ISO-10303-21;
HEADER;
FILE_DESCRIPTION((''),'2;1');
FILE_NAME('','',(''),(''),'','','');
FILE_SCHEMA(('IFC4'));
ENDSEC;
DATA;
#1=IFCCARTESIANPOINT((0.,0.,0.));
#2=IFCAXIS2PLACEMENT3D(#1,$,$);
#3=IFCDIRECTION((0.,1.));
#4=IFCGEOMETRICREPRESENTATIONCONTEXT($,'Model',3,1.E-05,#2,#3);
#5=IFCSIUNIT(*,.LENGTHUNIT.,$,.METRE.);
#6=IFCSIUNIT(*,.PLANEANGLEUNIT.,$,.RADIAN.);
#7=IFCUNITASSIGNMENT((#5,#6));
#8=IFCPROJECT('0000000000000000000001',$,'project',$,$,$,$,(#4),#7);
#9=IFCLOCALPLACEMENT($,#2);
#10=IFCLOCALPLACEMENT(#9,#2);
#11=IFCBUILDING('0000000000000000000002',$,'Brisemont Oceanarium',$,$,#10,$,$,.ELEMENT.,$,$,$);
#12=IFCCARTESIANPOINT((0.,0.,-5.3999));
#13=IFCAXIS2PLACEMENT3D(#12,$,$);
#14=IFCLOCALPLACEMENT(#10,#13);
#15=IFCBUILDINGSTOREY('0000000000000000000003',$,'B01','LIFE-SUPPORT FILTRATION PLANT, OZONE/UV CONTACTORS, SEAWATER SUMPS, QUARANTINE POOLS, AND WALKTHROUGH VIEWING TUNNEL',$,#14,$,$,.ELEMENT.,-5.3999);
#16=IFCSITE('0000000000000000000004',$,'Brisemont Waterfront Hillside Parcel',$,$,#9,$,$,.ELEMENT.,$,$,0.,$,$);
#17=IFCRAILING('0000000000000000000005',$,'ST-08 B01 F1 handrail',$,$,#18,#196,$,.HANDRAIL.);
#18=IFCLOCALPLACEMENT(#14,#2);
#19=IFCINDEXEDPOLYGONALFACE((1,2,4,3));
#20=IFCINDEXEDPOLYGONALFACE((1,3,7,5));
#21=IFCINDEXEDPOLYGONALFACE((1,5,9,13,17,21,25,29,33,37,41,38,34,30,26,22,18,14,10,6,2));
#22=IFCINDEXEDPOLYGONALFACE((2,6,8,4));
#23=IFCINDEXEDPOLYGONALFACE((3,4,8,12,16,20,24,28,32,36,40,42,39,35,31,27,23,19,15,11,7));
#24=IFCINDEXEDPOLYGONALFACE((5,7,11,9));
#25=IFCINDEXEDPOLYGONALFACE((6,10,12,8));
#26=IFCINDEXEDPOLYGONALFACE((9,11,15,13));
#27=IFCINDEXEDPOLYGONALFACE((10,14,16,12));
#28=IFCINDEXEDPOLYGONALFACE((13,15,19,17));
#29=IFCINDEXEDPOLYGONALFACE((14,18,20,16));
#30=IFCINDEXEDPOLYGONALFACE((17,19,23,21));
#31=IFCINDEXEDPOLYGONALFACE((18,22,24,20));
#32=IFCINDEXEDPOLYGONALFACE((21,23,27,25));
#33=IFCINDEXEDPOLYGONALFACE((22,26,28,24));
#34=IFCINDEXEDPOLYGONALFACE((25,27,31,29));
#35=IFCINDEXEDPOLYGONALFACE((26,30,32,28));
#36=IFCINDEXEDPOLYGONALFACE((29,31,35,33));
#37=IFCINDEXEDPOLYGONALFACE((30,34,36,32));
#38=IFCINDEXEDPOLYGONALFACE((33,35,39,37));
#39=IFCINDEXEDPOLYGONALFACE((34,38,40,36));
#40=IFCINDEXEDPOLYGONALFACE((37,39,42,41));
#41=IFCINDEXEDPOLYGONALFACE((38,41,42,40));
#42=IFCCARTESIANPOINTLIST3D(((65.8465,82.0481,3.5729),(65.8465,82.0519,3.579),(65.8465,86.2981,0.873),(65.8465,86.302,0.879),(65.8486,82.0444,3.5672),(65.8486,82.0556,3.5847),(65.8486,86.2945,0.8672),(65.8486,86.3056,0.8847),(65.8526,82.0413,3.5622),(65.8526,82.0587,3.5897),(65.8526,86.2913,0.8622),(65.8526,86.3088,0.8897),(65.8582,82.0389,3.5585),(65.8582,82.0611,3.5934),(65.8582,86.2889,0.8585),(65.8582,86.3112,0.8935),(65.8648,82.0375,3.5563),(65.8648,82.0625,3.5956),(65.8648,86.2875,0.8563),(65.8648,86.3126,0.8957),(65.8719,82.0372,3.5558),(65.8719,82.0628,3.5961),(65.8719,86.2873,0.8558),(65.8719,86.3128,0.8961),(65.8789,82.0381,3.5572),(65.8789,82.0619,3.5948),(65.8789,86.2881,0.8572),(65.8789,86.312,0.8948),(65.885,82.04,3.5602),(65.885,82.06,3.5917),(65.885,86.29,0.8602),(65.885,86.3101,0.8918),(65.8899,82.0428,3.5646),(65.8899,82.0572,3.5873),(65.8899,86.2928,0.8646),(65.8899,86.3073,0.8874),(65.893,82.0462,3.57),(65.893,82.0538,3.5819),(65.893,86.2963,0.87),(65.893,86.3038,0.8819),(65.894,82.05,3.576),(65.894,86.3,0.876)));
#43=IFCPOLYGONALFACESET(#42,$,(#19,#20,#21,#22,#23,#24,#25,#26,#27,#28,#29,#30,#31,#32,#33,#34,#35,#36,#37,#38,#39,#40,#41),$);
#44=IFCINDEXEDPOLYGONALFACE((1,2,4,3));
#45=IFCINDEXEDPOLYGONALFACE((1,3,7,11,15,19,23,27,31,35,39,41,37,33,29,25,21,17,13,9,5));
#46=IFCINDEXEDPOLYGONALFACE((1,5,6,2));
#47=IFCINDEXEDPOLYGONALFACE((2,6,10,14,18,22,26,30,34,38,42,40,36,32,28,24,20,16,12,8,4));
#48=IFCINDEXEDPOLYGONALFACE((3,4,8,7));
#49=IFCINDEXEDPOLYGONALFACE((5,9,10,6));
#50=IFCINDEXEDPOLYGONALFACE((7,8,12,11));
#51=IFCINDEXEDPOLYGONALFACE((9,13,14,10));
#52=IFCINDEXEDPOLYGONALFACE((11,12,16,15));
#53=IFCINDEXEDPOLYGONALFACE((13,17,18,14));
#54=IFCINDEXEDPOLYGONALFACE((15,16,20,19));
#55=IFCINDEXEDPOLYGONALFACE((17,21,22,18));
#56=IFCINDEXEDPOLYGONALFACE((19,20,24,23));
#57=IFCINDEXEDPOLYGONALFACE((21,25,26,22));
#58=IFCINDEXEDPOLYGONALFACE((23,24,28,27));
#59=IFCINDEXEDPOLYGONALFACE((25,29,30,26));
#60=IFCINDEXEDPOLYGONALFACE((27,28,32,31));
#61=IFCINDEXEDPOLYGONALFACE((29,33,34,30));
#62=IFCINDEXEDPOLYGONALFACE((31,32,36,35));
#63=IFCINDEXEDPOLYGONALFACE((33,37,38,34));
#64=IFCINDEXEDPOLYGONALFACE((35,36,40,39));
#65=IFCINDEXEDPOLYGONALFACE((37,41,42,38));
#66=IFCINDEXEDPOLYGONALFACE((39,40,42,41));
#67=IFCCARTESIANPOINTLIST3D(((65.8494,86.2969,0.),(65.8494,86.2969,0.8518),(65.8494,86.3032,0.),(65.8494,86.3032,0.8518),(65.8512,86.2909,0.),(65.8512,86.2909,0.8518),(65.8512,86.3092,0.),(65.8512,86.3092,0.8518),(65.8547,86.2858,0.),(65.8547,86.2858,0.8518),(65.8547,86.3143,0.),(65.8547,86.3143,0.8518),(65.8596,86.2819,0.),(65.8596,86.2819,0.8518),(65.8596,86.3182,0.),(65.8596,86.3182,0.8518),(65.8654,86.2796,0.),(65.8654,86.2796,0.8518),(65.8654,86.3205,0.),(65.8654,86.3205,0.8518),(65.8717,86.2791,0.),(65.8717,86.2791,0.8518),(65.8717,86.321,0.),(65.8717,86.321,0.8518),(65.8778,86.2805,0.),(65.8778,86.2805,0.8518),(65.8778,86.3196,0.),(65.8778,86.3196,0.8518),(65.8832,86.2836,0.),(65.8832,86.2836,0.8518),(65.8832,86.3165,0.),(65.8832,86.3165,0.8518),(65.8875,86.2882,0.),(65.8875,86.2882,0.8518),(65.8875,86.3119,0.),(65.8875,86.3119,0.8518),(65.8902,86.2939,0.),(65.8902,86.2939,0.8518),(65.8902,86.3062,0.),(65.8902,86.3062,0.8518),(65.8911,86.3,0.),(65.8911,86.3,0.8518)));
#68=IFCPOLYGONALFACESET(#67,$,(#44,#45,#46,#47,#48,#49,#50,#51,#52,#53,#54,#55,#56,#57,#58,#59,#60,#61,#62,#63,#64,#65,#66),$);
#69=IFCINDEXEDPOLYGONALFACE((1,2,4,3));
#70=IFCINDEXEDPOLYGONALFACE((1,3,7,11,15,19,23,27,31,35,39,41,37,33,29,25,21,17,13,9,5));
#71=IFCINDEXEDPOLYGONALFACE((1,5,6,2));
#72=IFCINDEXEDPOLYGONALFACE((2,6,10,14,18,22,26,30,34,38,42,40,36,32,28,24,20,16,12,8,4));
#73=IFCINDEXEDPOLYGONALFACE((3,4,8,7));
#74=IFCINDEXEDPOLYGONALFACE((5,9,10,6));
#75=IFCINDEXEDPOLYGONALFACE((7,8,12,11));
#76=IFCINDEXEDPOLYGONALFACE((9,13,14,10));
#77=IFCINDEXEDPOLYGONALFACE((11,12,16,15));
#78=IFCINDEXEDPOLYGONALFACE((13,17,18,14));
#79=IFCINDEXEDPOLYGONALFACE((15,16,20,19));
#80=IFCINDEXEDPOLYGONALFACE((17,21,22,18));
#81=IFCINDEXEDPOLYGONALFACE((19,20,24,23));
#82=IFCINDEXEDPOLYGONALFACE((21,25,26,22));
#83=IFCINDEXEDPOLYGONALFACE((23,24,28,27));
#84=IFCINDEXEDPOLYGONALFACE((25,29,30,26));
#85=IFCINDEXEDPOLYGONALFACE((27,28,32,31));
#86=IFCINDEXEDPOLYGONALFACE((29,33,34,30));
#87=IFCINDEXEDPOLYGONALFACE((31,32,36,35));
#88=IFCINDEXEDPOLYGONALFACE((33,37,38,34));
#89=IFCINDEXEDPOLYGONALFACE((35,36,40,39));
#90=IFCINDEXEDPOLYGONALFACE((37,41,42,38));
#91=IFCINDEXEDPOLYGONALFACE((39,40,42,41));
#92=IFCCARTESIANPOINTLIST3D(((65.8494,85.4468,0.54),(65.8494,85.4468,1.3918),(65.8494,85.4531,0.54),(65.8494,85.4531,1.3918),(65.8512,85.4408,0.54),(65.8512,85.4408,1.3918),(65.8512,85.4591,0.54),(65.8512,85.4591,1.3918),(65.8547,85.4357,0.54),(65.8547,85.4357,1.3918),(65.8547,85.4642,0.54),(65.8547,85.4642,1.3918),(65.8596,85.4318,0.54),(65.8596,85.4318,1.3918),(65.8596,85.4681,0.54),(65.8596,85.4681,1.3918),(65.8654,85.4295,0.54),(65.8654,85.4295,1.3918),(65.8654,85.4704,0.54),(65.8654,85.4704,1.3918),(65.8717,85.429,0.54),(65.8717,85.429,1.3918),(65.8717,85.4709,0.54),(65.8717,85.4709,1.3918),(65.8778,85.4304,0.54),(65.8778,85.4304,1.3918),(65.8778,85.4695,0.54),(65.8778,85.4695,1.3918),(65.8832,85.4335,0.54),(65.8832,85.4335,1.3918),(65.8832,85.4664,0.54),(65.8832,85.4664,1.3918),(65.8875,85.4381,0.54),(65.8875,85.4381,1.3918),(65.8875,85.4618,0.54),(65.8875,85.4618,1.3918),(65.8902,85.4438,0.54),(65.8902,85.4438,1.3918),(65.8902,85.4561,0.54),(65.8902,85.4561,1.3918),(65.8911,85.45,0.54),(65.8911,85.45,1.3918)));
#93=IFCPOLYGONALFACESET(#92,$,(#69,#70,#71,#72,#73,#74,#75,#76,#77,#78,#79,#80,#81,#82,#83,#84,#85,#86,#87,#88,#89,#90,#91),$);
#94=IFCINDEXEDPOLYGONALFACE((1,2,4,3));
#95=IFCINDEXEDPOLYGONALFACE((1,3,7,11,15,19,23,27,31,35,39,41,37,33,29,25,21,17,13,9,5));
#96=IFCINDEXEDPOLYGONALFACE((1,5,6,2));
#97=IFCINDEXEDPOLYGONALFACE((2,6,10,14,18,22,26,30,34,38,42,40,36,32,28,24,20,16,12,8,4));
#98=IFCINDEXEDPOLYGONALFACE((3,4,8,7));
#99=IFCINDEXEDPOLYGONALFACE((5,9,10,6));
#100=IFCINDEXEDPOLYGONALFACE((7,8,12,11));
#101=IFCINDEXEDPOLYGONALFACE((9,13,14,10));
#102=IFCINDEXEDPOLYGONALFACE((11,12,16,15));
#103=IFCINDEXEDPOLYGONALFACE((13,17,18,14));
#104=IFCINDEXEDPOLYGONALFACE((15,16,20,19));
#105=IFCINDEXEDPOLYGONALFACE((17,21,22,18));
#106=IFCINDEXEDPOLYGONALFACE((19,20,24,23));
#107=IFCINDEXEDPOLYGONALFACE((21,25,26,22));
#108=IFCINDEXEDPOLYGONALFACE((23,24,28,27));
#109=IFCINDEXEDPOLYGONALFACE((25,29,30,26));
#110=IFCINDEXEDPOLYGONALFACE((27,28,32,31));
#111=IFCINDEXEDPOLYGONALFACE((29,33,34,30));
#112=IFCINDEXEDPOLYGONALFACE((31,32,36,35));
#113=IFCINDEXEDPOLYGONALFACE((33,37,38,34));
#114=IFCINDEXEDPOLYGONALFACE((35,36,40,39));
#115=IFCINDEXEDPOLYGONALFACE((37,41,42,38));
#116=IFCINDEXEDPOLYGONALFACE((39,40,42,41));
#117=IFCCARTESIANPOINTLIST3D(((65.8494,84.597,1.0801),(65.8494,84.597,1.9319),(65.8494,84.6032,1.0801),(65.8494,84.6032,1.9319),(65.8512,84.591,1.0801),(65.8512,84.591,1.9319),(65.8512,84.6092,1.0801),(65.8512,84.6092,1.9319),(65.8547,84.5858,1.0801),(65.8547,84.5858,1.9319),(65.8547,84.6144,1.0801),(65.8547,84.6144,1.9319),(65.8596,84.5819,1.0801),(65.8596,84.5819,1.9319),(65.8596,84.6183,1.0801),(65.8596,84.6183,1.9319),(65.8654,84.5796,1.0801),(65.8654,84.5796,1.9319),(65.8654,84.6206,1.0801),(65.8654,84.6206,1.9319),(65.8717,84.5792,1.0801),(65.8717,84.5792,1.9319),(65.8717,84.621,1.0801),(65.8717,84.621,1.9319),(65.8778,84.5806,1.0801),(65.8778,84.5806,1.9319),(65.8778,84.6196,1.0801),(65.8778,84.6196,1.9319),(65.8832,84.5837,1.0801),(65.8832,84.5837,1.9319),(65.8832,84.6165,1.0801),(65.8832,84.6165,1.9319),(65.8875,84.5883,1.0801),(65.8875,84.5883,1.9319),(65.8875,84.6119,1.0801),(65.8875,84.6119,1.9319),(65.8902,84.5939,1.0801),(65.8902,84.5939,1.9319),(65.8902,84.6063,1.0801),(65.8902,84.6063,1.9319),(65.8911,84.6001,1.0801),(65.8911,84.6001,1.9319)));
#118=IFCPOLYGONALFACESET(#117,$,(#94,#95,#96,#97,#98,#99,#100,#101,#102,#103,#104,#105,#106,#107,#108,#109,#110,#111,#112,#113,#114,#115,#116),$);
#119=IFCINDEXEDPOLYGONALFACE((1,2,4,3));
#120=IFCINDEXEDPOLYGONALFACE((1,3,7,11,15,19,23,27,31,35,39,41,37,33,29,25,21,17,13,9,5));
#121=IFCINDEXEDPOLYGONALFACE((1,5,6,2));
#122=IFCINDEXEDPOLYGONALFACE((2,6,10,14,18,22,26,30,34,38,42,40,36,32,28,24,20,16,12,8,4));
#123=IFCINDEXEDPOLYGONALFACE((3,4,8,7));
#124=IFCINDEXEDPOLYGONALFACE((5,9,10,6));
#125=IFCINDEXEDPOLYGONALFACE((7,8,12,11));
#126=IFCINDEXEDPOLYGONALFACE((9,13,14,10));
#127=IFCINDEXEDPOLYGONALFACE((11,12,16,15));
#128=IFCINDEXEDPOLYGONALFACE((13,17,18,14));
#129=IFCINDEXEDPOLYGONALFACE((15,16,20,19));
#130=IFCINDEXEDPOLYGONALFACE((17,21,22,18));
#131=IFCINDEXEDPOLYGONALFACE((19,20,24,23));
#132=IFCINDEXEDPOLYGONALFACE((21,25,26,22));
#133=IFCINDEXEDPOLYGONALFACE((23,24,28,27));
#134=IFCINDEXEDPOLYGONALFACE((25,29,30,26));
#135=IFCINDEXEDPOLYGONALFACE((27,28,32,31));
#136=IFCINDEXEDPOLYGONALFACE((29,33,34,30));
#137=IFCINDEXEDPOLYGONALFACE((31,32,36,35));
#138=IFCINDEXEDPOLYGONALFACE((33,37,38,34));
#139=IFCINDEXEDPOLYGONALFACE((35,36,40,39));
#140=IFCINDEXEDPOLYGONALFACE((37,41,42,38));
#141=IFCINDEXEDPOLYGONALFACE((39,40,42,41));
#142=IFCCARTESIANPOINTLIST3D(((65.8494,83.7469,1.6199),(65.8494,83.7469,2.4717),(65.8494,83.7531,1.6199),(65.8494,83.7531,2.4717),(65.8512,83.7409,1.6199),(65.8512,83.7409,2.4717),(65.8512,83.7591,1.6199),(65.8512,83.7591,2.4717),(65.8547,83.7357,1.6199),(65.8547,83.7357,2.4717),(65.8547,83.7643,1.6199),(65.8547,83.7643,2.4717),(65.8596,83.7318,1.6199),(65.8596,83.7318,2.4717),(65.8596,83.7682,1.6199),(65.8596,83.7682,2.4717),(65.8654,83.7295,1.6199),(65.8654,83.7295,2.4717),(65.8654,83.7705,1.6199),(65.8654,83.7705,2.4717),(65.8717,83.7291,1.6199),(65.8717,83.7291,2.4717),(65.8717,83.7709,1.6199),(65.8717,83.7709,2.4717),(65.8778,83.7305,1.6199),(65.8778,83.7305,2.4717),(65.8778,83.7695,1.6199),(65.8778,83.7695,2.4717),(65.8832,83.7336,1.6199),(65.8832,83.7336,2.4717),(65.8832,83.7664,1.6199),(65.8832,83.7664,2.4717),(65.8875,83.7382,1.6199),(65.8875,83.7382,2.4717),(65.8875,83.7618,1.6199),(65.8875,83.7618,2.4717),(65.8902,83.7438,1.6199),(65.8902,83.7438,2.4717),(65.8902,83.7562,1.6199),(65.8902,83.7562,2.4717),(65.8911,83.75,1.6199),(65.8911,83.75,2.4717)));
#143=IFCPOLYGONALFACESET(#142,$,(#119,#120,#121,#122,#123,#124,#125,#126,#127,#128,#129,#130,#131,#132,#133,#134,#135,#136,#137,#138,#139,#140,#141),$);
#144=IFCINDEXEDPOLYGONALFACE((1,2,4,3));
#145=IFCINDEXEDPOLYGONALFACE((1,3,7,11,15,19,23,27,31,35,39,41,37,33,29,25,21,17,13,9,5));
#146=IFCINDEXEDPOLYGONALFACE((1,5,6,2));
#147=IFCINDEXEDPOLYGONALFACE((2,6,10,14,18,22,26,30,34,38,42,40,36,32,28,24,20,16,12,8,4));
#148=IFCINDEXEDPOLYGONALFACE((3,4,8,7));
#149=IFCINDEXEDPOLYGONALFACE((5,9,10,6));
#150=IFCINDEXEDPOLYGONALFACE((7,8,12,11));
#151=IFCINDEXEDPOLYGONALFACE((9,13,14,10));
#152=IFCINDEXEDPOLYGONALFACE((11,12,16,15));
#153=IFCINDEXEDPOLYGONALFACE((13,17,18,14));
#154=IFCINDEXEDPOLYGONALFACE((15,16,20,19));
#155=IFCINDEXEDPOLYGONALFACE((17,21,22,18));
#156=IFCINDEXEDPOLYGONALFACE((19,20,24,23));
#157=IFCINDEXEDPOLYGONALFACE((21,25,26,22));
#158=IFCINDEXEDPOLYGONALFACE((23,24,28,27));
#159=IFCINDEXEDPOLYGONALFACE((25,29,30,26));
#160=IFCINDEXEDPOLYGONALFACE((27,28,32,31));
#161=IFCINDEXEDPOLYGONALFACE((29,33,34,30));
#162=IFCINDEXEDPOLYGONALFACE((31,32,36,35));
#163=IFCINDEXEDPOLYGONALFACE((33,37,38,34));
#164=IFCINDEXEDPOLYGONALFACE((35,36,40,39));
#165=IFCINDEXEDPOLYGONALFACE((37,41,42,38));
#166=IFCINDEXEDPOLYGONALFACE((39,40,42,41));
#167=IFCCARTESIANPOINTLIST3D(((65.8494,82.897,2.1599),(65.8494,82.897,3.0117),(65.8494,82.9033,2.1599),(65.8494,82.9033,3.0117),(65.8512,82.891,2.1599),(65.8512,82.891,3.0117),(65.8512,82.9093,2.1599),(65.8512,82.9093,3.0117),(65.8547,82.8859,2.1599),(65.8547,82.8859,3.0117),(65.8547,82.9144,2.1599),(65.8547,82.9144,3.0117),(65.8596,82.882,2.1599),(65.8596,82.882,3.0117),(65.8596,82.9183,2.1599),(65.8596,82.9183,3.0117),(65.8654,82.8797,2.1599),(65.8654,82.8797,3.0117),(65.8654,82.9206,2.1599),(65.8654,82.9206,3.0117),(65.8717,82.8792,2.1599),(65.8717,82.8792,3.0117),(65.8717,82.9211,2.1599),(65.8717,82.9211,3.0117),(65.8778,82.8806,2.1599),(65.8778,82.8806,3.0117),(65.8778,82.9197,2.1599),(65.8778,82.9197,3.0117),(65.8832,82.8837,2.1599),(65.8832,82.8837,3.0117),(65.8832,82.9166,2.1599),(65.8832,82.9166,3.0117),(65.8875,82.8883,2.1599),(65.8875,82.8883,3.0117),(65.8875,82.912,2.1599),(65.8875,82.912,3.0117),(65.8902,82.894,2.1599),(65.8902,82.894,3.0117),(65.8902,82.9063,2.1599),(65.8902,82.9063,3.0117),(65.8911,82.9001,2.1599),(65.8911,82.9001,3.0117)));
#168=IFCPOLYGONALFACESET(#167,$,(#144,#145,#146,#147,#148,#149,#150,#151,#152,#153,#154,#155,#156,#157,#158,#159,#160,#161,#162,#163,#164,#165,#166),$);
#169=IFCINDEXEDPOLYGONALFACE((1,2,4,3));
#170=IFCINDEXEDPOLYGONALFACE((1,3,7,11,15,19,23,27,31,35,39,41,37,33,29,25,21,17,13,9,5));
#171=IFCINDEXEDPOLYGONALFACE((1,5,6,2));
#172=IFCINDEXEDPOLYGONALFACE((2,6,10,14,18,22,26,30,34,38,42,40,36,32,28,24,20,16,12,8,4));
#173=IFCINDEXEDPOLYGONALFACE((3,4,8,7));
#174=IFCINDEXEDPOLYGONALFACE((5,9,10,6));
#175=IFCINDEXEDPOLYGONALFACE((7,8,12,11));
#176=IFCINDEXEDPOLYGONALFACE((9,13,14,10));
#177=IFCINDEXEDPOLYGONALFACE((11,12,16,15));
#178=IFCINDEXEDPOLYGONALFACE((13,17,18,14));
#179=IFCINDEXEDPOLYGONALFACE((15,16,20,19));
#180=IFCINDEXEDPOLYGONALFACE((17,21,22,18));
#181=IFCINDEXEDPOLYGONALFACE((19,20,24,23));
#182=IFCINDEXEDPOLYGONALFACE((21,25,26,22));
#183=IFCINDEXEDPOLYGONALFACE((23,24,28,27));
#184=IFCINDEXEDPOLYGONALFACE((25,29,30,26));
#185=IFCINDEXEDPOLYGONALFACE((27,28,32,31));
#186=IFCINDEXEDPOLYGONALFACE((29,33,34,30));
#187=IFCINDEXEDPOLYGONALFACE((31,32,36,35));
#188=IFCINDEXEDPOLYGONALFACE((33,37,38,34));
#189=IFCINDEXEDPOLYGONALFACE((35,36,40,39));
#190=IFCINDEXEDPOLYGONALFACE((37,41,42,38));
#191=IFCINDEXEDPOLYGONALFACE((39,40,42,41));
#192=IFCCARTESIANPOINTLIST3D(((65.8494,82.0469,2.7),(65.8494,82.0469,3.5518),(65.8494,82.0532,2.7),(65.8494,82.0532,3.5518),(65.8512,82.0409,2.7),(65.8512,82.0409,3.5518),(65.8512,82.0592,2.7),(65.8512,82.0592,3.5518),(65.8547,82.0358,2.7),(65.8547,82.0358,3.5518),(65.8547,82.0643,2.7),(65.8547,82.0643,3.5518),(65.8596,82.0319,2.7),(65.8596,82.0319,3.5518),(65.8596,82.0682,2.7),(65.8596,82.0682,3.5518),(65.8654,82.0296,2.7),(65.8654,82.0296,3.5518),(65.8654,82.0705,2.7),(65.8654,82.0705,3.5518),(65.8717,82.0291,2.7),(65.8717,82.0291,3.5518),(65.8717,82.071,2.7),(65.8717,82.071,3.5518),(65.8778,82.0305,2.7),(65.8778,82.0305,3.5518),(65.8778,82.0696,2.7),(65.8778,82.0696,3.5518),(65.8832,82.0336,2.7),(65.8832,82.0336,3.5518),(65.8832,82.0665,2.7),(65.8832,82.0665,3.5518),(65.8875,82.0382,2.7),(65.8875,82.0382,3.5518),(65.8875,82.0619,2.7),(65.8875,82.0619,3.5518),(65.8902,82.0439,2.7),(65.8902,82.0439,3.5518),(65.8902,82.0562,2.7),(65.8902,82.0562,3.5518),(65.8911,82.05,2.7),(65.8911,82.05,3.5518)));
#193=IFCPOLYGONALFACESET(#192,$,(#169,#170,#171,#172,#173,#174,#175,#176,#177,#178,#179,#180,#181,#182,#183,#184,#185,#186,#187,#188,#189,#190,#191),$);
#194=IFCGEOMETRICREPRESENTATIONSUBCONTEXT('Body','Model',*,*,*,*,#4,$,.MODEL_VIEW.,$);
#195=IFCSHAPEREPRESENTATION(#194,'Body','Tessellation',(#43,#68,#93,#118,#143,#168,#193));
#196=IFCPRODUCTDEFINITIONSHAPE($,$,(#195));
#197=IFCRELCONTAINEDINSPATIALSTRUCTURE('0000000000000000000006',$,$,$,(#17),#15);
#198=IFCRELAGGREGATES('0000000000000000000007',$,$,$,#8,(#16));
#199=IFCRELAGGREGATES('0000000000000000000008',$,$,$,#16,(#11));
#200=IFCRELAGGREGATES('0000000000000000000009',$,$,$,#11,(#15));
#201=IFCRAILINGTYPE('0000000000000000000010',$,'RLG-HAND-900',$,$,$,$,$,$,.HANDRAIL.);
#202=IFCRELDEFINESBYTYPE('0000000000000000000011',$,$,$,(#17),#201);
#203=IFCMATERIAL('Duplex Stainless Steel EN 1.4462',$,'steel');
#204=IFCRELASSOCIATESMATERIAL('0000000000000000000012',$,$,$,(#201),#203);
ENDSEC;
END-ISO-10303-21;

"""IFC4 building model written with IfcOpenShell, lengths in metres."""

from ifc_helpers import new_model, si_unit, direction, frame, origin, origin_2d, place, context, subcontext, project, spatial, circle, extrude, material, type_object, element, save


model = new_model("IFC4")

# Units and contexts
model_context = context("Model", 3, precision=1e-05, world=origin(), true_north=direction((0.0, 1.0)))
body_context = subcontext(model_context, "Body", "Model", "MODEL_VIEW")
ifc_project = project(units=[si_unit("LENGTHUNIT", "METRE"), si_unit("PLANEANGLEUNIT", "RADIAN")], contexts=[model_context])

# Site, building, storey
site_placement = place(None, origin())
site = spatial("IfcSite", under=ifc_project, at=site_placement, Name="Brisemont Waterfront Hillside Parcel", CompositionType="ELEMENT", RefElevation=0.0)
building_placement = place(site_placement, origin())
building = spatial("IfcBuilding", under=site, at=building_placement, Name="Brisemont Oceanarium", CompositionType="ELEMENT")
storey_placement = place(building_placement, frame((0.0, 0.0, -5.3999)))
storey = spatial("IfcBuildingStorey", under=building, at=storey_placement, Name="B01", Description="LIFE-SUPPORT FILTRATION PLANT, OZONE/UV CONTACTORS, SEAWATER SUMPS, QUARANTINE POOLS, AND WALKTHROUGH VIEWING TUNNEL", CompositionType="ELEMENT", Elevation=-5.3999)

# Railing
ifc_material_1 = material(Name="Duplex Stainless Steel EN 1.4462", Category="steel")
railing_type_1 = type_object("IfcRailingType", Name="RLG-HAND-900", PredefinedType="HANDRAIL", material=ifc_material_1)
railing_1_placement = place(storey_placement, frame((65.8701, 86.3, 0.0)))
element("IfcRailing", 1, at=railing_1_placement, inside=storey, type_object=railing_type_1, Name="ST-08 B01 F1 handrail", PredefinedType="HANDRAIL", context=body_context, shape_type="SweptSolid", body=[
    extrude(circle(Radius=0.0239, at=origin_2d()), frame((0.0, 0.0, 0.876), z_axis=(0.0, -0.844075, 0.536226), x_axis=(1.0, 0.0, 0.0)), (0.0, 0.0, 1.0), 5.0352),
    extrude(circle(Radius=0.021, at=origin_2d()), origin(), (0.0, 0.0, 1.0), 0.8518),
    extrude(circle(Radius=0.021, at=origin_2d()), frame((0.0, -0.8501, 0.54)), (0.0, 0.0, 1.0), 0.8518),
    extrude(circle(Radius=0.021, at=origin_2d()), frame((0.0, -1.7, 1.0801)), (0.0, 0.0, 1.0), 0.8518),
    extrude(circle(Radius=0.021, at=origin_2d()), frame((0.0, -2.55, 1.6199)), (0.0, 0.0, 1.0), 0.8518),
    extrude(circle(Radius=0.021, at=origin_2d()), frame((0.0, -3.3999, 2.1599)), (0.0, 0.0, 1.0), 0.8518),
    extrude(circle(Radius=0.021, at=origin_2d()), frame((0.0, -4.25, 2.7)), (0.0, 0.0, 1.0), 0.8518),
])

save(model, "model.ifc")
